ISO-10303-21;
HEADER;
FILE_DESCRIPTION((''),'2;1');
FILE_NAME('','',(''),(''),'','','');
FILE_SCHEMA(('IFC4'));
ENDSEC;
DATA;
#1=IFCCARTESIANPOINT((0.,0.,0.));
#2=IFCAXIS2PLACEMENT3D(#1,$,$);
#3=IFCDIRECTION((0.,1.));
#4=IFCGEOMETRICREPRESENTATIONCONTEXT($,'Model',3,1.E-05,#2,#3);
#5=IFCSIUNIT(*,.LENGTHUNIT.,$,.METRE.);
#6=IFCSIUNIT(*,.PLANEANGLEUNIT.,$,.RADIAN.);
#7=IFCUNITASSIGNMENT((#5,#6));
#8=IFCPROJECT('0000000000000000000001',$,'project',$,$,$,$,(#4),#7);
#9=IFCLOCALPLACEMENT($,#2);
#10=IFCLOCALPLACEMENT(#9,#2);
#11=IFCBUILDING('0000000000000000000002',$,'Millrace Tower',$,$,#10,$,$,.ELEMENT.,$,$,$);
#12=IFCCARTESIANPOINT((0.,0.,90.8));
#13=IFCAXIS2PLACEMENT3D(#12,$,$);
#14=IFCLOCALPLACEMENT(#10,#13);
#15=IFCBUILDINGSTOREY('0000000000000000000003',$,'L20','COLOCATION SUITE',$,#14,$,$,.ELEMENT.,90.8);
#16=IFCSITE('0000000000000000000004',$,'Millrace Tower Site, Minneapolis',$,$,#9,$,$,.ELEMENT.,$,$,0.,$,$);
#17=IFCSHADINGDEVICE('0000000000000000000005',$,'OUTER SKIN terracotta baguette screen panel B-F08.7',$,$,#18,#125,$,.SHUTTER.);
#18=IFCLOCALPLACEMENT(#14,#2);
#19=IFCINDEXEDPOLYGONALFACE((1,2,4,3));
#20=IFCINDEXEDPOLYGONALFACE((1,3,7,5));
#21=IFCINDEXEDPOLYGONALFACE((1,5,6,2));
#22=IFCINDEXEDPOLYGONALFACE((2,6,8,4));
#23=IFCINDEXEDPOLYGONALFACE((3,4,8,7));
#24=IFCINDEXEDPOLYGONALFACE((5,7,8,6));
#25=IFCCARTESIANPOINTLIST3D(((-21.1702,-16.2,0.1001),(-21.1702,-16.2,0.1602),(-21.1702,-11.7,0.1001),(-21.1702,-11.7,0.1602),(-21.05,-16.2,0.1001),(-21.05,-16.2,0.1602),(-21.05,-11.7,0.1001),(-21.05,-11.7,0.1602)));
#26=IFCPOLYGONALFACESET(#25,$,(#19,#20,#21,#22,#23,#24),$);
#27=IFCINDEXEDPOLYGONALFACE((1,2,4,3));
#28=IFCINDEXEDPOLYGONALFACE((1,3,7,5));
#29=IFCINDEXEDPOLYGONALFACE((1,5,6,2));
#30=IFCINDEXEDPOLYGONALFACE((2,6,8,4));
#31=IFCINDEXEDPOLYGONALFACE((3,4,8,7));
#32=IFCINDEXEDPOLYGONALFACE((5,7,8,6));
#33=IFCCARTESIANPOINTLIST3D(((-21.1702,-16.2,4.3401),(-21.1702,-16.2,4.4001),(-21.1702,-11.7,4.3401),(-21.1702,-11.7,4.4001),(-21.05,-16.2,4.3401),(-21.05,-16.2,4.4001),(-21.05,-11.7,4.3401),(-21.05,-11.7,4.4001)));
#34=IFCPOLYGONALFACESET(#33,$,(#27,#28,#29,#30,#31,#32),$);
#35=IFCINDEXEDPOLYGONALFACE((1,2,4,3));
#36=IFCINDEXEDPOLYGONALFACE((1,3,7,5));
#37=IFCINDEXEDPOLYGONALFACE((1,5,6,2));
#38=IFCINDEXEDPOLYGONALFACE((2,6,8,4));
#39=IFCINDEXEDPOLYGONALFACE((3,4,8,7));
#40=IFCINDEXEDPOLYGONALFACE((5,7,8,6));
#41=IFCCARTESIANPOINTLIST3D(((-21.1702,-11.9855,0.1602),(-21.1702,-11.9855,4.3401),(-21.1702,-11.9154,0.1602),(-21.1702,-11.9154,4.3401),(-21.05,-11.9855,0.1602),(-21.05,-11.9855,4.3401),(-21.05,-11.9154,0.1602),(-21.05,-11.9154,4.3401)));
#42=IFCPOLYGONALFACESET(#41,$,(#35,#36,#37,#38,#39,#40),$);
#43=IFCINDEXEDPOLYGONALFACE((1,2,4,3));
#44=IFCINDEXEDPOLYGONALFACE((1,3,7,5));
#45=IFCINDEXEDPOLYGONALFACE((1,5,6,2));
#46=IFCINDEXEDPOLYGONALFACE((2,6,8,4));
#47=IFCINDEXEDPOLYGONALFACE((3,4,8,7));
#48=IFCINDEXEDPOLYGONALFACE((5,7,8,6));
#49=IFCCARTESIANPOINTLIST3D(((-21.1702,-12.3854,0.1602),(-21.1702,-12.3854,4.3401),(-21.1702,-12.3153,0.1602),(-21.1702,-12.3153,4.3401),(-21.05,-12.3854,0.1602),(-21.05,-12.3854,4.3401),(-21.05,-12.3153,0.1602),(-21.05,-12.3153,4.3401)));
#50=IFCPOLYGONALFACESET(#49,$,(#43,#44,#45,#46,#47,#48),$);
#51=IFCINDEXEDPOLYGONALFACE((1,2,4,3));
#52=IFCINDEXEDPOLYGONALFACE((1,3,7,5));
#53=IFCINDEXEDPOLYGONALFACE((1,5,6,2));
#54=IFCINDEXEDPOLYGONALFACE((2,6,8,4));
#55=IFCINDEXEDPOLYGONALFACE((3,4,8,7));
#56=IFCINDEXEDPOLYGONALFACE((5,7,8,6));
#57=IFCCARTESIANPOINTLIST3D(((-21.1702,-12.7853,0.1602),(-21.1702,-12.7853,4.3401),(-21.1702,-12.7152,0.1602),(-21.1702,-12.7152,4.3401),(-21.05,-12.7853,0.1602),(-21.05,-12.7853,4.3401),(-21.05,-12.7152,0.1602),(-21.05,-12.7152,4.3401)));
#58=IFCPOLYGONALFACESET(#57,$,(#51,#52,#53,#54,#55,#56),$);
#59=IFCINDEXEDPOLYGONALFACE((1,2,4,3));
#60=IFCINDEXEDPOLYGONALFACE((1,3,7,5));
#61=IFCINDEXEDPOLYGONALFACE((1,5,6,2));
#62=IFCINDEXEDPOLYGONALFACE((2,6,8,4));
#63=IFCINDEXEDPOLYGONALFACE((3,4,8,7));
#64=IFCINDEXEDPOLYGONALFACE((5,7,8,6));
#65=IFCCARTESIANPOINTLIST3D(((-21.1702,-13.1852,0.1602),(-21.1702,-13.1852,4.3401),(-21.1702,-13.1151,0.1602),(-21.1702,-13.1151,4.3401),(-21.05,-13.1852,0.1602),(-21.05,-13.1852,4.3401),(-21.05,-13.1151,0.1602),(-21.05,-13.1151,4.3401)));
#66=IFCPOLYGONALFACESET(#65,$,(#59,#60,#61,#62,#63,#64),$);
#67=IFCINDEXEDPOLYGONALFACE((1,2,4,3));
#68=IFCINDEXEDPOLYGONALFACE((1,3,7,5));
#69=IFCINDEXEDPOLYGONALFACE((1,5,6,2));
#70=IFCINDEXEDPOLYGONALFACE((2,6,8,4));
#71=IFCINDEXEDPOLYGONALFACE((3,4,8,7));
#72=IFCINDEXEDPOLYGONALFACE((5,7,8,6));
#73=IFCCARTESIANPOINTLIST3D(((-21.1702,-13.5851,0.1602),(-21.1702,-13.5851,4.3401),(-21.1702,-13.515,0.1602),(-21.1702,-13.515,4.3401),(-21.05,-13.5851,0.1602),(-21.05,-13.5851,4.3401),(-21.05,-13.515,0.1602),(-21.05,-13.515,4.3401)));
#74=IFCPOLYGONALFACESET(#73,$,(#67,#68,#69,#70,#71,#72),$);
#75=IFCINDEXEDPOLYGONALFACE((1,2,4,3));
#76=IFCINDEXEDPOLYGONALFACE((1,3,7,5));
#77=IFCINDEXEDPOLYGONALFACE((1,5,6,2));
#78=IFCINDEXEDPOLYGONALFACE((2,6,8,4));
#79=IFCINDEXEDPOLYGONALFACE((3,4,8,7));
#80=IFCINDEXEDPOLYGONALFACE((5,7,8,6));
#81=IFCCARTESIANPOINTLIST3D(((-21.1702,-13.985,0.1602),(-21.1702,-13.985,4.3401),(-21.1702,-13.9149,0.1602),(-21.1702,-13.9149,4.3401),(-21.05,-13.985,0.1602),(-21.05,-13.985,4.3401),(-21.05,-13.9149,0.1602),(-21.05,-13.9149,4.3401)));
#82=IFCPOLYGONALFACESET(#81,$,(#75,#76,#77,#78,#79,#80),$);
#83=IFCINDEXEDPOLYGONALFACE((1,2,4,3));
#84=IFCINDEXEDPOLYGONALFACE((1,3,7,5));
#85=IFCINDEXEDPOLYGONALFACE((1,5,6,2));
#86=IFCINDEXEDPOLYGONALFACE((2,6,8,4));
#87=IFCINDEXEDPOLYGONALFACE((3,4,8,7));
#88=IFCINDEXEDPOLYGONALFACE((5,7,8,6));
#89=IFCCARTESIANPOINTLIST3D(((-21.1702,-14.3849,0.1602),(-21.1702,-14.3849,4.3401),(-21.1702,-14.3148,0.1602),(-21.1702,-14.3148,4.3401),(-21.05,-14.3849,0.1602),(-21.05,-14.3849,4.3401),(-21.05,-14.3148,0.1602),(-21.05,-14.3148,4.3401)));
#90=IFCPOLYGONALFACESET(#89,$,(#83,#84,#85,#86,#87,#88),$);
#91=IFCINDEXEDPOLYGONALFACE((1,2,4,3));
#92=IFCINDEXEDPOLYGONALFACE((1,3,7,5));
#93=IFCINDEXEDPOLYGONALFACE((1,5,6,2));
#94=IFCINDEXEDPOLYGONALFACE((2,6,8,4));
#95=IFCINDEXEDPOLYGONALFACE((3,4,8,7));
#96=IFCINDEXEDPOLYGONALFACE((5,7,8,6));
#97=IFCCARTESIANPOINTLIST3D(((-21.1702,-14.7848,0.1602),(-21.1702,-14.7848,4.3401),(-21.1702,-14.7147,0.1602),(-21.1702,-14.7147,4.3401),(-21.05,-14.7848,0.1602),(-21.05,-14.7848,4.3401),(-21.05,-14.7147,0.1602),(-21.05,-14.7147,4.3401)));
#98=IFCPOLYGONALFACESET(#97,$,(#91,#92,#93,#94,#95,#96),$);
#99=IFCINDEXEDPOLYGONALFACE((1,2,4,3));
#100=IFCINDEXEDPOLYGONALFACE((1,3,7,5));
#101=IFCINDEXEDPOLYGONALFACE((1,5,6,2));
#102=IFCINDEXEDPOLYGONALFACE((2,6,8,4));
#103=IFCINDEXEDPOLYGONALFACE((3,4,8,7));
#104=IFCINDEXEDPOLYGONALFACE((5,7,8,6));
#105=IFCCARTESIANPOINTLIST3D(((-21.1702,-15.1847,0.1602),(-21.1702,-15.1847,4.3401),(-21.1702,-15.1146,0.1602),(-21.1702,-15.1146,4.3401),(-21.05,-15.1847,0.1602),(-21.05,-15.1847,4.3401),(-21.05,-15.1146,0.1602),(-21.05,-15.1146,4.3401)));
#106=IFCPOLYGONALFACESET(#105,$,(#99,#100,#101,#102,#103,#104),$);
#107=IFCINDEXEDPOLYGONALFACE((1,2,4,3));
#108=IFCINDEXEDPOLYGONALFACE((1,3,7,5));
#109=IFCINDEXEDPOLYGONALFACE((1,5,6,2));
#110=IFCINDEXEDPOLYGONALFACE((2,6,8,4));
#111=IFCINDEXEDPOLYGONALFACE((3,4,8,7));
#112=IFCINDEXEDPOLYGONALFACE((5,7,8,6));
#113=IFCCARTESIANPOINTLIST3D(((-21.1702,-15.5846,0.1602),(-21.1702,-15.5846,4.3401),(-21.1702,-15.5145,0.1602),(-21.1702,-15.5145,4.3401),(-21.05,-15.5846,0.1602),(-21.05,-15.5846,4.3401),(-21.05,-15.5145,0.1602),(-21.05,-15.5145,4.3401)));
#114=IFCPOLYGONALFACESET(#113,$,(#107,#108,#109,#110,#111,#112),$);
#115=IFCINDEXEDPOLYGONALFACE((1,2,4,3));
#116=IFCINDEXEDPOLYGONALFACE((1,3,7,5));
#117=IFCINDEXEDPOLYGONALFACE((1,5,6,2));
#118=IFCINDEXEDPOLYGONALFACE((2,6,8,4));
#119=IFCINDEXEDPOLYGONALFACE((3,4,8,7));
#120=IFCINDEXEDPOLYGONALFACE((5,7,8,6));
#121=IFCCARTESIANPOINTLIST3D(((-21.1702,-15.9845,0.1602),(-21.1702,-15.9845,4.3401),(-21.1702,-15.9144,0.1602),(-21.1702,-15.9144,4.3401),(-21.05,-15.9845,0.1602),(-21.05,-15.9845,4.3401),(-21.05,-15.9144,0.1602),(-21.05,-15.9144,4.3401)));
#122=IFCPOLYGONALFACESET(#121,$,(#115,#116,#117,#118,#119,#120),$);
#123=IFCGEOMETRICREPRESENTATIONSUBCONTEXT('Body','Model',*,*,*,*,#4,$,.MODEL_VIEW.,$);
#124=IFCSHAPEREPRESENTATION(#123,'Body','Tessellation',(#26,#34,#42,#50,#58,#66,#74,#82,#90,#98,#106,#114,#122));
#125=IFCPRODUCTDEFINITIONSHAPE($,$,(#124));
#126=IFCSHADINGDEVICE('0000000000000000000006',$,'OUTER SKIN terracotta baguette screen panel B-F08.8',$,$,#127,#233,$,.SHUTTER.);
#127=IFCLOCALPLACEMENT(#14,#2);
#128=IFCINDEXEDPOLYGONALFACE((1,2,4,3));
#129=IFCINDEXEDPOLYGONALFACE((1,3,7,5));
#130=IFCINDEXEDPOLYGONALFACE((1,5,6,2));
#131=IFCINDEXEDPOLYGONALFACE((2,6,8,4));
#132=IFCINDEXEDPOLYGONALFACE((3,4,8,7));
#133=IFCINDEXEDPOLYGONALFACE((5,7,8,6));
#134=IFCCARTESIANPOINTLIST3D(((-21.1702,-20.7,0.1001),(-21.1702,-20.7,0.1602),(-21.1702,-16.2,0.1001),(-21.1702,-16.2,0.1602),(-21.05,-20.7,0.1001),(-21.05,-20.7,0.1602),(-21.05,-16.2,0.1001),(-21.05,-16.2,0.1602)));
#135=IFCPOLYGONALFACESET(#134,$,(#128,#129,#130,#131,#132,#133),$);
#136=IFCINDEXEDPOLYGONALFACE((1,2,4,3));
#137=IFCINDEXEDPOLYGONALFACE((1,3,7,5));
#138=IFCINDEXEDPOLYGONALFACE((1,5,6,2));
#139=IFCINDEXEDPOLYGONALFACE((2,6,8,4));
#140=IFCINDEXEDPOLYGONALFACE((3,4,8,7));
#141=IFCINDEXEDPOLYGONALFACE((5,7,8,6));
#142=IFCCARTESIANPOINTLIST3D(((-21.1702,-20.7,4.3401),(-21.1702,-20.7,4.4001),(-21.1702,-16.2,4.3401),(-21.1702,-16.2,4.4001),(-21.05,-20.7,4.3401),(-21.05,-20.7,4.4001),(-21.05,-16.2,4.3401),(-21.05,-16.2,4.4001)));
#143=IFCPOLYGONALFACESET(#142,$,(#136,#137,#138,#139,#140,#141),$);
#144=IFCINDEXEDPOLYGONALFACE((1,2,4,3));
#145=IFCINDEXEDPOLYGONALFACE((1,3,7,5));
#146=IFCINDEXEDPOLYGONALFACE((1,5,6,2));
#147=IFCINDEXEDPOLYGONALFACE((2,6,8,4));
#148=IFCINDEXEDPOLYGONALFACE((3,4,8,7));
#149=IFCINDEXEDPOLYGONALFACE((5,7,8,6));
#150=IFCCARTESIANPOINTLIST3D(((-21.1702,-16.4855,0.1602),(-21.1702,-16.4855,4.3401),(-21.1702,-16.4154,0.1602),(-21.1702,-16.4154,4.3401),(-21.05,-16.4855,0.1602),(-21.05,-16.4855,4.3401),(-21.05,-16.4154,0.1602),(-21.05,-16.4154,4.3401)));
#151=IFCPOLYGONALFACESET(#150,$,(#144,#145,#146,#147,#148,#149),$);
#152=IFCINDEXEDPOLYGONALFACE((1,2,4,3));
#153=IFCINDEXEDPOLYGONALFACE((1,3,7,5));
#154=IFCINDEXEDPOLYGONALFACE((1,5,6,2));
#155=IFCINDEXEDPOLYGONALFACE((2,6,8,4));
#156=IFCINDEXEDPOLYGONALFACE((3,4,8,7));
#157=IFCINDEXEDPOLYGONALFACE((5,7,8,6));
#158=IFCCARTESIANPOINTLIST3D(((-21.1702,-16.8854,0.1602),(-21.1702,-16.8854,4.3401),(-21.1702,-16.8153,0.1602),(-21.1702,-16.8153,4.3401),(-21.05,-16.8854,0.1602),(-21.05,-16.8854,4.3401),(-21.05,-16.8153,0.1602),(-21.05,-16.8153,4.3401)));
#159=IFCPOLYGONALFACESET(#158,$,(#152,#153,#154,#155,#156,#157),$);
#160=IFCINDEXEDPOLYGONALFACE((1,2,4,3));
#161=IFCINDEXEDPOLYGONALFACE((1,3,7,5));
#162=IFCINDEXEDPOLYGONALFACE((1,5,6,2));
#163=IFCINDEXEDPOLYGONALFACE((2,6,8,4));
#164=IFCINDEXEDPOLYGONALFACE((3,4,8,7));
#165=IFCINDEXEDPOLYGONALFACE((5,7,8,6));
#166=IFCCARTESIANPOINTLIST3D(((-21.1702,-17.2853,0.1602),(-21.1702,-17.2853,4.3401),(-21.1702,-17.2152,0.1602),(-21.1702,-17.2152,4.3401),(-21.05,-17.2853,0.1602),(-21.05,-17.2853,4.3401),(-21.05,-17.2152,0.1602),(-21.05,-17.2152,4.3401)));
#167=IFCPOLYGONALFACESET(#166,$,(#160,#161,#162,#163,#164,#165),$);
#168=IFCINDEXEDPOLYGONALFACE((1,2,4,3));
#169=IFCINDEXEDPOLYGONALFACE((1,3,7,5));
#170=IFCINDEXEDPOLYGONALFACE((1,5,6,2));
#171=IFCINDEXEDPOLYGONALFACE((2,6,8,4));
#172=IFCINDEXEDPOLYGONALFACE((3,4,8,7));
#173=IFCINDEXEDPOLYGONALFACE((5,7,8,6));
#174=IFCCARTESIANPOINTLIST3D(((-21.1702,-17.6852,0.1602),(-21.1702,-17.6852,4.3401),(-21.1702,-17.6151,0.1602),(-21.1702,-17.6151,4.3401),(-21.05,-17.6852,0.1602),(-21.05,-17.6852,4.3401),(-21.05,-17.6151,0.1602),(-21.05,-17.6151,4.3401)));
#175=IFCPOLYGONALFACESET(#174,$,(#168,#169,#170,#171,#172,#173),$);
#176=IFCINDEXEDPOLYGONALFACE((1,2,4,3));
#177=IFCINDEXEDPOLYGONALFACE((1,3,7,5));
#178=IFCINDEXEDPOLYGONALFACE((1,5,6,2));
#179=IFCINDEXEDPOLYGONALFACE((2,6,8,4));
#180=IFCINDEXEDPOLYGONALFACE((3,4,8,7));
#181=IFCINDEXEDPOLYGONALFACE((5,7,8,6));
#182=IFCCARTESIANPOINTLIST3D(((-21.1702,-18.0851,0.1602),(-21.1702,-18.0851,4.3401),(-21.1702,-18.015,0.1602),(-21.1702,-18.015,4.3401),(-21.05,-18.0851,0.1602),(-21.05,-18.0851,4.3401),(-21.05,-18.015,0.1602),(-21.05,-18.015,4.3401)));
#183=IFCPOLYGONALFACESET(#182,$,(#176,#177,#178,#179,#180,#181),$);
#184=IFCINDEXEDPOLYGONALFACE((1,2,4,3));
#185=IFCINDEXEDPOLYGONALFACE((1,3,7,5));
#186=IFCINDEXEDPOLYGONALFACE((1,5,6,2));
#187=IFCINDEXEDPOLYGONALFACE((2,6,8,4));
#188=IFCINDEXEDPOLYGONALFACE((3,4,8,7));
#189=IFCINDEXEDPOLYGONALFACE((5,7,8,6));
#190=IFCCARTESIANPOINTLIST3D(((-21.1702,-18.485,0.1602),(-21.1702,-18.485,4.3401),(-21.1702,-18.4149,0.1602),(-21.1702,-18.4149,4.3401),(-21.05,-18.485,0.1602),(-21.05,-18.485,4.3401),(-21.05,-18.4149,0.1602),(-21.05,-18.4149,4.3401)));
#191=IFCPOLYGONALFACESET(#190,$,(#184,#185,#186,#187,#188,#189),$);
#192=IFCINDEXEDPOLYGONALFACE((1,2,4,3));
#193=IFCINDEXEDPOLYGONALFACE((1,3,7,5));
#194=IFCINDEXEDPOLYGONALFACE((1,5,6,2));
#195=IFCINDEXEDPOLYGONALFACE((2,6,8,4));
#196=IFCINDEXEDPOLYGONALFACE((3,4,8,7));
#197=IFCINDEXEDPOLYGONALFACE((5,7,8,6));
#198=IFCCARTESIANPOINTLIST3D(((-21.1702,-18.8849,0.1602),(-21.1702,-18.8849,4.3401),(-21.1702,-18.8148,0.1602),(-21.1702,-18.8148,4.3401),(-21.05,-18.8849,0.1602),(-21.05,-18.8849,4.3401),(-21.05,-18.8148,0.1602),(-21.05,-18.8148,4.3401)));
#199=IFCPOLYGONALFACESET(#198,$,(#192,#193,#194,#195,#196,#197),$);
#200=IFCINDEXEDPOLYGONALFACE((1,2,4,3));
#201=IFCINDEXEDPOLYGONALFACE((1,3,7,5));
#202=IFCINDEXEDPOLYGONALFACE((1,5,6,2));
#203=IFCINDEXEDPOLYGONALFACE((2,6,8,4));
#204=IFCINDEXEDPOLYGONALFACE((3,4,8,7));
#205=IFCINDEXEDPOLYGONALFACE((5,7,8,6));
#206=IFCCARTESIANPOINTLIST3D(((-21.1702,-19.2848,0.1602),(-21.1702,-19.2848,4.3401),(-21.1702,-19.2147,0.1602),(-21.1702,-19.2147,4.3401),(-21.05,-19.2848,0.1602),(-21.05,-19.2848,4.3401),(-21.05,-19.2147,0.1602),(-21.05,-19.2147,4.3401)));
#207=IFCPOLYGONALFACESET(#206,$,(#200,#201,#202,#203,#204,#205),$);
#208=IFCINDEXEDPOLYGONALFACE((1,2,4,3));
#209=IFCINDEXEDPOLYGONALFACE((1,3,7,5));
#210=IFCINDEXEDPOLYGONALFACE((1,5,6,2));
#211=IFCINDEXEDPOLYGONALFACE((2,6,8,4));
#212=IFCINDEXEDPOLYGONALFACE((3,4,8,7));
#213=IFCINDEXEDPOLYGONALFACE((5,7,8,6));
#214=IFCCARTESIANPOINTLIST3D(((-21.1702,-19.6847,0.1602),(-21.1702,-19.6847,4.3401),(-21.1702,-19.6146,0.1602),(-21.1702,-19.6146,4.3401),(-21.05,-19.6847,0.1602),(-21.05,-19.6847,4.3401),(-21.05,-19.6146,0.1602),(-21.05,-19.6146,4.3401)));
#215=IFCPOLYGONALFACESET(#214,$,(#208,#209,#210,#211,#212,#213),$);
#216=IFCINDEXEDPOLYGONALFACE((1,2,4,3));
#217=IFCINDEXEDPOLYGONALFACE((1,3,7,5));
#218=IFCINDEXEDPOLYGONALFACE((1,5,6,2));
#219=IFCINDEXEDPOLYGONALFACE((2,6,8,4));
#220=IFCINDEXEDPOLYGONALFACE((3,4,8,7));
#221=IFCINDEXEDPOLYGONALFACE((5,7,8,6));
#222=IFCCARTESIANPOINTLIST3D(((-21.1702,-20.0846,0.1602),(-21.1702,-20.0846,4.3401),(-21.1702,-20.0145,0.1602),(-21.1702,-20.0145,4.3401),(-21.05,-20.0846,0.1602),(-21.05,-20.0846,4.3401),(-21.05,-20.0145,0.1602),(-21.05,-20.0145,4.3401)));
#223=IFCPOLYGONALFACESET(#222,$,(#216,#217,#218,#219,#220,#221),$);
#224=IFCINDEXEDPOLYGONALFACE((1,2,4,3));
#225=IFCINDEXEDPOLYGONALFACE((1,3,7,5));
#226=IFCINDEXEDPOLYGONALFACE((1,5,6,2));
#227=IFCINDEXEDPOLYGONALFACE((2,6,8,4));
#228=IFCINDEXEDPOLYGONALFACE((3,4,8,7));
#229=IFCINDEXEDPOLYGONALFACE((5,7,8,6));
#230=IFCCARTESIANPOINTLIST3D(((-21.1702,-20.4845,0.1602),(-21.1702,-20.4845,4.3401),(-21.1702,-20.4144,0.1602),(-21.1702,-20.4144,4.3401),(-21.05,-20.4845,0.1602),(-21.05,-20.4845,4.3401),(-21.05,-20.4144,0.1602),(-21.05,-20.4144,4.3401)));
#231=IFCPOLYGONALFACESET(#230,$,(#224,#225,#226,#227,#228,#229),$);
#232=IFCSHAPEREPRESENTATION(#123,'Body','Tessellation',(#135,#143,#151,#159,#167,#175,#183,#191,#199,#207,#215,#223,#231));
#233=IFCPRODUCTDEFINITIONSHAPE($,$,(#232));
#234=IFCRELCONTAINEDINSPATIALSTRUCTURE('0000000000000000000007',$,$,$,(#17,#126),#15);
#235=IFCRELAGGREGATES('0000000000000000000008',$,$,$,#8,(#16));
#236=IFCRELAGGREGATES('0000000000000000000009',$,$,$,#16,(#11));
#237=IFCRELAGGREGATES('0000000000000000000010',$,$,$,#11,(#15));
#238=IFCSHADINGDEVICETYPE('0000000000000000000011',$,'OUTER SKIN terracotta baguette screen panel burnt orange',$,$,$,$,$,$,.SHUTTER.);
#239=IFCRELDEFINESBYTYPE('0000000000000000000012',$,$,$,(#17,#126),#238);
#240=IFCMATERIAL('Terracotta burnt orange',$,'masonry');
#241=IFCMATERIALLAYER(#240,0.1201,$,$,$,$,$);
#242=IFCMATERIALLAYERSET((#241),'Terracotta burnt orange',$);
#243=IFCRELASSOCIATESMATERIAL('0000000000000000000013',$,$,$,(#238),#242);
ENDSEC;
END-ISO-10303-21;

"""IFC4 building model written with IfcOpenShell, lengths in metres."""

from ifc_helpers import new_model, entity, si_unit, direction, frame, frame_2d, origin, origin_2d, place, context, subcontext, project, spatial, rectangle, extrude, source, transform, mapped, material, layer, layer_set, type_object, element, save


model = new_model("IFC4")

# Units and contexts
model_context = context("Model", 3, precision=1e-05, world=origin(), true_north=direction((0.0, 1.0)))
body_context = subcontext(model_context, "Body", "Model", "MODEL_VIEW")
ifc_project = project(units=[si_unit("LENGTHUNIT", "METRE"), si_unit("PLANEANGLEUNIT", "RADIAN")], contexts=[model_context])

# Site, building, storey
site_placement = place(None, origin())
site = spatial("IfcSite", under=ifc_project, at=site_placement, Name="Millrace Tower Site, Minneapolis", CompositionType="ELEMENT", RefElevation=0.0)
building_placement = place(site_placement, origin())
building = spatial("IfcBuilding", under=site, at=building_placement, Name="Millrace Tower", CompositionType="ELEMENT")
storey_placement = place(building_placement, frame((0.0, 0.0, 90.8)))
storey = spatial("IfcBuildingStorey", under=building, at=storey_placement, Name="L20", Description="COLOCATION SUITE", CompositionType="ELEMENT", Elevation=90.8)

# Shading devices
ifc_material_1 = material(Name="Terracotta burnt orange", Category="masonry")
ifc_layer_1 = layer(ifc_material_1, 0.1201)
ifc_layer_set_1 = layer_set([ifc_layer_1], Name="Terracotta burnt orange")
shading_device_type = type_object("IfcShadingDeviceType", Name="OUTER SKIN terracotta baguette screen panel burnt orange", PredefinedType="SHUTTER", material=ifc_layer_set_1)
cartesian_point_1 = entity("IfcCartesianPoint", [-2.25, 0.0601])
shared_polyline_1 = entity("IfcPolyline", [cartesian_point_1, entity("IfcCartesianPoint", [2.25, 0.0601]), entity("IfcCartesianPoint", [2.25, -0.0601]), entity("IfcCartesianPoint", [-2.25, -0.0601]), cartesian_point_1])
shared_shape_1 = source(origin(), body_context, "Body", "SweptSolid", [
    entity("IfcExtrudedAreaSolid", entity("IfcArbitraryClosedProfileDef", "AREA", None, shared_polyline_1), entity("IfcAxis2Placement3D", entity("IfcCartesianPoint", [0.0, 0.0, 0.0])), entity("IfcDirection", [0.0, 0.0, 1.0]), 0.0601),
    entity("IfcExtrudedAreaSolid", entity("IfcArbitraryClosedProfileDef", "AREA", None, shared_polyline_1), entity("IfcAxis2Placement3D", entity("IfcCartesianPoint", [0.0, 0.0, 4.24])), entity("IfcDirection", [0.0, 0.0, 1.0]), 0.0601),
    extrude(rectangle(XDim=0.0701, YDim=0.1201, at=frame_2d((-1.9995, 0.0))), frame((0.0, 0.0, 0.0601)), (0.0, 0.0, 1.0), 4.1799),
    extrude(rectangle(XDim=0.0701, YDim=0.1201, at=frame_2d((-1.5996, 0.0))), frame((0.0, 0.0, 0.0601)), (0.0, 0.0, 1.0), 4.1799),
    extrude(rectangle(XDim=0.0701, YDim=0.1201, at=frame_2d((-1.1997, 0.0))), frame((0.0, 0.0, 0.0601)), (0.0, 0.0, 1.0), 4.1799),
    extrude(rectangle(XDim=0.0701, YDim=0.1201, at=frame_2d((-0.7998, 0.0))), frame((0.0, 0.0, 0.0601)), (0.0, 0.0, 1.0), 4.1799),
    extrude(rectangle(XDim=0.0701, YDim=0.1201, at=frame_2d((-0.3999, 0.0))), frame((0.0, 0.0, 0.0601)), (0.0, 0.0, 1.0), 4.1799),
    extrude(rectangle(XDim=0.0701, YDim=0.1201, at=origin_2d()), frame((0.0, 0.0, 0.0601)), (0.0, 0.0, 1.0), 4.1799),
    extrude(rectangle(XDim=0.0701, YDim=0.1201, at=frame_2d((0.3999, 0.0))), frame((0.0, 0.0, 0.0601)), (0.0, 0.0, 1.0), 4.1799),
    extrude(rectangle(XDim=0.0701, YDim=0.1201, at=frame_2d((0.7998, 0.0))), frame((0.0, 0.0, 0.0601)), (0.0, 0.0, 1.0), 4.1799),
    extrude(rectangle(XDim=0.0701, YDim=0.1201, at=frame_2d((1.1997, 0.0))), frame((0.0, 0.0, 0.0601)), (0.0, 0.0, 1.0), 4.1799),
    extrude(rectangle(XDim=0.0701, YDim=0.1201, at=frame_2d((1.5996, 0.0))), frame((0.0, 0.0, 0.0601)), (0.0, 0.0, 1.0), 4.1799),
    extrude(rectangle(XDim=0.0701, YDim=0.1201, at=frame_2d((1.9995, 0.0))), frame((0.0, 0.0, 0.0601)), (0.0, 0.0, 1.0), 4.1799),
])
for number, where, z_axis, x_axis, name in (
    (1, (-21.1101, -13.95, 0.1001), (0.0, 0.0, 1.0), (0.0, -1.0, 0.0), "OUTER SKIN terracotta baguette screen panel B-F08.7"),
    (2, (-21.1101, -18.45, 0.1001), (0.0, 0.0, 1.0), (0.0, -1.0, 0.0), "OUTER SKIN terracotta baguette screen panel B-F08.8"),
):
    element("IfcShadingDevice", number, at=place(storey_placement, frame(where, z_axis=z_axis, x_axis=x_axis)), inside=storey, type_object=shading_device_type, Name=name, PredefinedType="SHUTTER", context=body_context, shape_type="MappedRepresentation", body=[
        mapped(shared_shape_1, transform((0.0, 0.0, 0.0), scale=1.0)),
    ])

save(model, "model.ifc")
